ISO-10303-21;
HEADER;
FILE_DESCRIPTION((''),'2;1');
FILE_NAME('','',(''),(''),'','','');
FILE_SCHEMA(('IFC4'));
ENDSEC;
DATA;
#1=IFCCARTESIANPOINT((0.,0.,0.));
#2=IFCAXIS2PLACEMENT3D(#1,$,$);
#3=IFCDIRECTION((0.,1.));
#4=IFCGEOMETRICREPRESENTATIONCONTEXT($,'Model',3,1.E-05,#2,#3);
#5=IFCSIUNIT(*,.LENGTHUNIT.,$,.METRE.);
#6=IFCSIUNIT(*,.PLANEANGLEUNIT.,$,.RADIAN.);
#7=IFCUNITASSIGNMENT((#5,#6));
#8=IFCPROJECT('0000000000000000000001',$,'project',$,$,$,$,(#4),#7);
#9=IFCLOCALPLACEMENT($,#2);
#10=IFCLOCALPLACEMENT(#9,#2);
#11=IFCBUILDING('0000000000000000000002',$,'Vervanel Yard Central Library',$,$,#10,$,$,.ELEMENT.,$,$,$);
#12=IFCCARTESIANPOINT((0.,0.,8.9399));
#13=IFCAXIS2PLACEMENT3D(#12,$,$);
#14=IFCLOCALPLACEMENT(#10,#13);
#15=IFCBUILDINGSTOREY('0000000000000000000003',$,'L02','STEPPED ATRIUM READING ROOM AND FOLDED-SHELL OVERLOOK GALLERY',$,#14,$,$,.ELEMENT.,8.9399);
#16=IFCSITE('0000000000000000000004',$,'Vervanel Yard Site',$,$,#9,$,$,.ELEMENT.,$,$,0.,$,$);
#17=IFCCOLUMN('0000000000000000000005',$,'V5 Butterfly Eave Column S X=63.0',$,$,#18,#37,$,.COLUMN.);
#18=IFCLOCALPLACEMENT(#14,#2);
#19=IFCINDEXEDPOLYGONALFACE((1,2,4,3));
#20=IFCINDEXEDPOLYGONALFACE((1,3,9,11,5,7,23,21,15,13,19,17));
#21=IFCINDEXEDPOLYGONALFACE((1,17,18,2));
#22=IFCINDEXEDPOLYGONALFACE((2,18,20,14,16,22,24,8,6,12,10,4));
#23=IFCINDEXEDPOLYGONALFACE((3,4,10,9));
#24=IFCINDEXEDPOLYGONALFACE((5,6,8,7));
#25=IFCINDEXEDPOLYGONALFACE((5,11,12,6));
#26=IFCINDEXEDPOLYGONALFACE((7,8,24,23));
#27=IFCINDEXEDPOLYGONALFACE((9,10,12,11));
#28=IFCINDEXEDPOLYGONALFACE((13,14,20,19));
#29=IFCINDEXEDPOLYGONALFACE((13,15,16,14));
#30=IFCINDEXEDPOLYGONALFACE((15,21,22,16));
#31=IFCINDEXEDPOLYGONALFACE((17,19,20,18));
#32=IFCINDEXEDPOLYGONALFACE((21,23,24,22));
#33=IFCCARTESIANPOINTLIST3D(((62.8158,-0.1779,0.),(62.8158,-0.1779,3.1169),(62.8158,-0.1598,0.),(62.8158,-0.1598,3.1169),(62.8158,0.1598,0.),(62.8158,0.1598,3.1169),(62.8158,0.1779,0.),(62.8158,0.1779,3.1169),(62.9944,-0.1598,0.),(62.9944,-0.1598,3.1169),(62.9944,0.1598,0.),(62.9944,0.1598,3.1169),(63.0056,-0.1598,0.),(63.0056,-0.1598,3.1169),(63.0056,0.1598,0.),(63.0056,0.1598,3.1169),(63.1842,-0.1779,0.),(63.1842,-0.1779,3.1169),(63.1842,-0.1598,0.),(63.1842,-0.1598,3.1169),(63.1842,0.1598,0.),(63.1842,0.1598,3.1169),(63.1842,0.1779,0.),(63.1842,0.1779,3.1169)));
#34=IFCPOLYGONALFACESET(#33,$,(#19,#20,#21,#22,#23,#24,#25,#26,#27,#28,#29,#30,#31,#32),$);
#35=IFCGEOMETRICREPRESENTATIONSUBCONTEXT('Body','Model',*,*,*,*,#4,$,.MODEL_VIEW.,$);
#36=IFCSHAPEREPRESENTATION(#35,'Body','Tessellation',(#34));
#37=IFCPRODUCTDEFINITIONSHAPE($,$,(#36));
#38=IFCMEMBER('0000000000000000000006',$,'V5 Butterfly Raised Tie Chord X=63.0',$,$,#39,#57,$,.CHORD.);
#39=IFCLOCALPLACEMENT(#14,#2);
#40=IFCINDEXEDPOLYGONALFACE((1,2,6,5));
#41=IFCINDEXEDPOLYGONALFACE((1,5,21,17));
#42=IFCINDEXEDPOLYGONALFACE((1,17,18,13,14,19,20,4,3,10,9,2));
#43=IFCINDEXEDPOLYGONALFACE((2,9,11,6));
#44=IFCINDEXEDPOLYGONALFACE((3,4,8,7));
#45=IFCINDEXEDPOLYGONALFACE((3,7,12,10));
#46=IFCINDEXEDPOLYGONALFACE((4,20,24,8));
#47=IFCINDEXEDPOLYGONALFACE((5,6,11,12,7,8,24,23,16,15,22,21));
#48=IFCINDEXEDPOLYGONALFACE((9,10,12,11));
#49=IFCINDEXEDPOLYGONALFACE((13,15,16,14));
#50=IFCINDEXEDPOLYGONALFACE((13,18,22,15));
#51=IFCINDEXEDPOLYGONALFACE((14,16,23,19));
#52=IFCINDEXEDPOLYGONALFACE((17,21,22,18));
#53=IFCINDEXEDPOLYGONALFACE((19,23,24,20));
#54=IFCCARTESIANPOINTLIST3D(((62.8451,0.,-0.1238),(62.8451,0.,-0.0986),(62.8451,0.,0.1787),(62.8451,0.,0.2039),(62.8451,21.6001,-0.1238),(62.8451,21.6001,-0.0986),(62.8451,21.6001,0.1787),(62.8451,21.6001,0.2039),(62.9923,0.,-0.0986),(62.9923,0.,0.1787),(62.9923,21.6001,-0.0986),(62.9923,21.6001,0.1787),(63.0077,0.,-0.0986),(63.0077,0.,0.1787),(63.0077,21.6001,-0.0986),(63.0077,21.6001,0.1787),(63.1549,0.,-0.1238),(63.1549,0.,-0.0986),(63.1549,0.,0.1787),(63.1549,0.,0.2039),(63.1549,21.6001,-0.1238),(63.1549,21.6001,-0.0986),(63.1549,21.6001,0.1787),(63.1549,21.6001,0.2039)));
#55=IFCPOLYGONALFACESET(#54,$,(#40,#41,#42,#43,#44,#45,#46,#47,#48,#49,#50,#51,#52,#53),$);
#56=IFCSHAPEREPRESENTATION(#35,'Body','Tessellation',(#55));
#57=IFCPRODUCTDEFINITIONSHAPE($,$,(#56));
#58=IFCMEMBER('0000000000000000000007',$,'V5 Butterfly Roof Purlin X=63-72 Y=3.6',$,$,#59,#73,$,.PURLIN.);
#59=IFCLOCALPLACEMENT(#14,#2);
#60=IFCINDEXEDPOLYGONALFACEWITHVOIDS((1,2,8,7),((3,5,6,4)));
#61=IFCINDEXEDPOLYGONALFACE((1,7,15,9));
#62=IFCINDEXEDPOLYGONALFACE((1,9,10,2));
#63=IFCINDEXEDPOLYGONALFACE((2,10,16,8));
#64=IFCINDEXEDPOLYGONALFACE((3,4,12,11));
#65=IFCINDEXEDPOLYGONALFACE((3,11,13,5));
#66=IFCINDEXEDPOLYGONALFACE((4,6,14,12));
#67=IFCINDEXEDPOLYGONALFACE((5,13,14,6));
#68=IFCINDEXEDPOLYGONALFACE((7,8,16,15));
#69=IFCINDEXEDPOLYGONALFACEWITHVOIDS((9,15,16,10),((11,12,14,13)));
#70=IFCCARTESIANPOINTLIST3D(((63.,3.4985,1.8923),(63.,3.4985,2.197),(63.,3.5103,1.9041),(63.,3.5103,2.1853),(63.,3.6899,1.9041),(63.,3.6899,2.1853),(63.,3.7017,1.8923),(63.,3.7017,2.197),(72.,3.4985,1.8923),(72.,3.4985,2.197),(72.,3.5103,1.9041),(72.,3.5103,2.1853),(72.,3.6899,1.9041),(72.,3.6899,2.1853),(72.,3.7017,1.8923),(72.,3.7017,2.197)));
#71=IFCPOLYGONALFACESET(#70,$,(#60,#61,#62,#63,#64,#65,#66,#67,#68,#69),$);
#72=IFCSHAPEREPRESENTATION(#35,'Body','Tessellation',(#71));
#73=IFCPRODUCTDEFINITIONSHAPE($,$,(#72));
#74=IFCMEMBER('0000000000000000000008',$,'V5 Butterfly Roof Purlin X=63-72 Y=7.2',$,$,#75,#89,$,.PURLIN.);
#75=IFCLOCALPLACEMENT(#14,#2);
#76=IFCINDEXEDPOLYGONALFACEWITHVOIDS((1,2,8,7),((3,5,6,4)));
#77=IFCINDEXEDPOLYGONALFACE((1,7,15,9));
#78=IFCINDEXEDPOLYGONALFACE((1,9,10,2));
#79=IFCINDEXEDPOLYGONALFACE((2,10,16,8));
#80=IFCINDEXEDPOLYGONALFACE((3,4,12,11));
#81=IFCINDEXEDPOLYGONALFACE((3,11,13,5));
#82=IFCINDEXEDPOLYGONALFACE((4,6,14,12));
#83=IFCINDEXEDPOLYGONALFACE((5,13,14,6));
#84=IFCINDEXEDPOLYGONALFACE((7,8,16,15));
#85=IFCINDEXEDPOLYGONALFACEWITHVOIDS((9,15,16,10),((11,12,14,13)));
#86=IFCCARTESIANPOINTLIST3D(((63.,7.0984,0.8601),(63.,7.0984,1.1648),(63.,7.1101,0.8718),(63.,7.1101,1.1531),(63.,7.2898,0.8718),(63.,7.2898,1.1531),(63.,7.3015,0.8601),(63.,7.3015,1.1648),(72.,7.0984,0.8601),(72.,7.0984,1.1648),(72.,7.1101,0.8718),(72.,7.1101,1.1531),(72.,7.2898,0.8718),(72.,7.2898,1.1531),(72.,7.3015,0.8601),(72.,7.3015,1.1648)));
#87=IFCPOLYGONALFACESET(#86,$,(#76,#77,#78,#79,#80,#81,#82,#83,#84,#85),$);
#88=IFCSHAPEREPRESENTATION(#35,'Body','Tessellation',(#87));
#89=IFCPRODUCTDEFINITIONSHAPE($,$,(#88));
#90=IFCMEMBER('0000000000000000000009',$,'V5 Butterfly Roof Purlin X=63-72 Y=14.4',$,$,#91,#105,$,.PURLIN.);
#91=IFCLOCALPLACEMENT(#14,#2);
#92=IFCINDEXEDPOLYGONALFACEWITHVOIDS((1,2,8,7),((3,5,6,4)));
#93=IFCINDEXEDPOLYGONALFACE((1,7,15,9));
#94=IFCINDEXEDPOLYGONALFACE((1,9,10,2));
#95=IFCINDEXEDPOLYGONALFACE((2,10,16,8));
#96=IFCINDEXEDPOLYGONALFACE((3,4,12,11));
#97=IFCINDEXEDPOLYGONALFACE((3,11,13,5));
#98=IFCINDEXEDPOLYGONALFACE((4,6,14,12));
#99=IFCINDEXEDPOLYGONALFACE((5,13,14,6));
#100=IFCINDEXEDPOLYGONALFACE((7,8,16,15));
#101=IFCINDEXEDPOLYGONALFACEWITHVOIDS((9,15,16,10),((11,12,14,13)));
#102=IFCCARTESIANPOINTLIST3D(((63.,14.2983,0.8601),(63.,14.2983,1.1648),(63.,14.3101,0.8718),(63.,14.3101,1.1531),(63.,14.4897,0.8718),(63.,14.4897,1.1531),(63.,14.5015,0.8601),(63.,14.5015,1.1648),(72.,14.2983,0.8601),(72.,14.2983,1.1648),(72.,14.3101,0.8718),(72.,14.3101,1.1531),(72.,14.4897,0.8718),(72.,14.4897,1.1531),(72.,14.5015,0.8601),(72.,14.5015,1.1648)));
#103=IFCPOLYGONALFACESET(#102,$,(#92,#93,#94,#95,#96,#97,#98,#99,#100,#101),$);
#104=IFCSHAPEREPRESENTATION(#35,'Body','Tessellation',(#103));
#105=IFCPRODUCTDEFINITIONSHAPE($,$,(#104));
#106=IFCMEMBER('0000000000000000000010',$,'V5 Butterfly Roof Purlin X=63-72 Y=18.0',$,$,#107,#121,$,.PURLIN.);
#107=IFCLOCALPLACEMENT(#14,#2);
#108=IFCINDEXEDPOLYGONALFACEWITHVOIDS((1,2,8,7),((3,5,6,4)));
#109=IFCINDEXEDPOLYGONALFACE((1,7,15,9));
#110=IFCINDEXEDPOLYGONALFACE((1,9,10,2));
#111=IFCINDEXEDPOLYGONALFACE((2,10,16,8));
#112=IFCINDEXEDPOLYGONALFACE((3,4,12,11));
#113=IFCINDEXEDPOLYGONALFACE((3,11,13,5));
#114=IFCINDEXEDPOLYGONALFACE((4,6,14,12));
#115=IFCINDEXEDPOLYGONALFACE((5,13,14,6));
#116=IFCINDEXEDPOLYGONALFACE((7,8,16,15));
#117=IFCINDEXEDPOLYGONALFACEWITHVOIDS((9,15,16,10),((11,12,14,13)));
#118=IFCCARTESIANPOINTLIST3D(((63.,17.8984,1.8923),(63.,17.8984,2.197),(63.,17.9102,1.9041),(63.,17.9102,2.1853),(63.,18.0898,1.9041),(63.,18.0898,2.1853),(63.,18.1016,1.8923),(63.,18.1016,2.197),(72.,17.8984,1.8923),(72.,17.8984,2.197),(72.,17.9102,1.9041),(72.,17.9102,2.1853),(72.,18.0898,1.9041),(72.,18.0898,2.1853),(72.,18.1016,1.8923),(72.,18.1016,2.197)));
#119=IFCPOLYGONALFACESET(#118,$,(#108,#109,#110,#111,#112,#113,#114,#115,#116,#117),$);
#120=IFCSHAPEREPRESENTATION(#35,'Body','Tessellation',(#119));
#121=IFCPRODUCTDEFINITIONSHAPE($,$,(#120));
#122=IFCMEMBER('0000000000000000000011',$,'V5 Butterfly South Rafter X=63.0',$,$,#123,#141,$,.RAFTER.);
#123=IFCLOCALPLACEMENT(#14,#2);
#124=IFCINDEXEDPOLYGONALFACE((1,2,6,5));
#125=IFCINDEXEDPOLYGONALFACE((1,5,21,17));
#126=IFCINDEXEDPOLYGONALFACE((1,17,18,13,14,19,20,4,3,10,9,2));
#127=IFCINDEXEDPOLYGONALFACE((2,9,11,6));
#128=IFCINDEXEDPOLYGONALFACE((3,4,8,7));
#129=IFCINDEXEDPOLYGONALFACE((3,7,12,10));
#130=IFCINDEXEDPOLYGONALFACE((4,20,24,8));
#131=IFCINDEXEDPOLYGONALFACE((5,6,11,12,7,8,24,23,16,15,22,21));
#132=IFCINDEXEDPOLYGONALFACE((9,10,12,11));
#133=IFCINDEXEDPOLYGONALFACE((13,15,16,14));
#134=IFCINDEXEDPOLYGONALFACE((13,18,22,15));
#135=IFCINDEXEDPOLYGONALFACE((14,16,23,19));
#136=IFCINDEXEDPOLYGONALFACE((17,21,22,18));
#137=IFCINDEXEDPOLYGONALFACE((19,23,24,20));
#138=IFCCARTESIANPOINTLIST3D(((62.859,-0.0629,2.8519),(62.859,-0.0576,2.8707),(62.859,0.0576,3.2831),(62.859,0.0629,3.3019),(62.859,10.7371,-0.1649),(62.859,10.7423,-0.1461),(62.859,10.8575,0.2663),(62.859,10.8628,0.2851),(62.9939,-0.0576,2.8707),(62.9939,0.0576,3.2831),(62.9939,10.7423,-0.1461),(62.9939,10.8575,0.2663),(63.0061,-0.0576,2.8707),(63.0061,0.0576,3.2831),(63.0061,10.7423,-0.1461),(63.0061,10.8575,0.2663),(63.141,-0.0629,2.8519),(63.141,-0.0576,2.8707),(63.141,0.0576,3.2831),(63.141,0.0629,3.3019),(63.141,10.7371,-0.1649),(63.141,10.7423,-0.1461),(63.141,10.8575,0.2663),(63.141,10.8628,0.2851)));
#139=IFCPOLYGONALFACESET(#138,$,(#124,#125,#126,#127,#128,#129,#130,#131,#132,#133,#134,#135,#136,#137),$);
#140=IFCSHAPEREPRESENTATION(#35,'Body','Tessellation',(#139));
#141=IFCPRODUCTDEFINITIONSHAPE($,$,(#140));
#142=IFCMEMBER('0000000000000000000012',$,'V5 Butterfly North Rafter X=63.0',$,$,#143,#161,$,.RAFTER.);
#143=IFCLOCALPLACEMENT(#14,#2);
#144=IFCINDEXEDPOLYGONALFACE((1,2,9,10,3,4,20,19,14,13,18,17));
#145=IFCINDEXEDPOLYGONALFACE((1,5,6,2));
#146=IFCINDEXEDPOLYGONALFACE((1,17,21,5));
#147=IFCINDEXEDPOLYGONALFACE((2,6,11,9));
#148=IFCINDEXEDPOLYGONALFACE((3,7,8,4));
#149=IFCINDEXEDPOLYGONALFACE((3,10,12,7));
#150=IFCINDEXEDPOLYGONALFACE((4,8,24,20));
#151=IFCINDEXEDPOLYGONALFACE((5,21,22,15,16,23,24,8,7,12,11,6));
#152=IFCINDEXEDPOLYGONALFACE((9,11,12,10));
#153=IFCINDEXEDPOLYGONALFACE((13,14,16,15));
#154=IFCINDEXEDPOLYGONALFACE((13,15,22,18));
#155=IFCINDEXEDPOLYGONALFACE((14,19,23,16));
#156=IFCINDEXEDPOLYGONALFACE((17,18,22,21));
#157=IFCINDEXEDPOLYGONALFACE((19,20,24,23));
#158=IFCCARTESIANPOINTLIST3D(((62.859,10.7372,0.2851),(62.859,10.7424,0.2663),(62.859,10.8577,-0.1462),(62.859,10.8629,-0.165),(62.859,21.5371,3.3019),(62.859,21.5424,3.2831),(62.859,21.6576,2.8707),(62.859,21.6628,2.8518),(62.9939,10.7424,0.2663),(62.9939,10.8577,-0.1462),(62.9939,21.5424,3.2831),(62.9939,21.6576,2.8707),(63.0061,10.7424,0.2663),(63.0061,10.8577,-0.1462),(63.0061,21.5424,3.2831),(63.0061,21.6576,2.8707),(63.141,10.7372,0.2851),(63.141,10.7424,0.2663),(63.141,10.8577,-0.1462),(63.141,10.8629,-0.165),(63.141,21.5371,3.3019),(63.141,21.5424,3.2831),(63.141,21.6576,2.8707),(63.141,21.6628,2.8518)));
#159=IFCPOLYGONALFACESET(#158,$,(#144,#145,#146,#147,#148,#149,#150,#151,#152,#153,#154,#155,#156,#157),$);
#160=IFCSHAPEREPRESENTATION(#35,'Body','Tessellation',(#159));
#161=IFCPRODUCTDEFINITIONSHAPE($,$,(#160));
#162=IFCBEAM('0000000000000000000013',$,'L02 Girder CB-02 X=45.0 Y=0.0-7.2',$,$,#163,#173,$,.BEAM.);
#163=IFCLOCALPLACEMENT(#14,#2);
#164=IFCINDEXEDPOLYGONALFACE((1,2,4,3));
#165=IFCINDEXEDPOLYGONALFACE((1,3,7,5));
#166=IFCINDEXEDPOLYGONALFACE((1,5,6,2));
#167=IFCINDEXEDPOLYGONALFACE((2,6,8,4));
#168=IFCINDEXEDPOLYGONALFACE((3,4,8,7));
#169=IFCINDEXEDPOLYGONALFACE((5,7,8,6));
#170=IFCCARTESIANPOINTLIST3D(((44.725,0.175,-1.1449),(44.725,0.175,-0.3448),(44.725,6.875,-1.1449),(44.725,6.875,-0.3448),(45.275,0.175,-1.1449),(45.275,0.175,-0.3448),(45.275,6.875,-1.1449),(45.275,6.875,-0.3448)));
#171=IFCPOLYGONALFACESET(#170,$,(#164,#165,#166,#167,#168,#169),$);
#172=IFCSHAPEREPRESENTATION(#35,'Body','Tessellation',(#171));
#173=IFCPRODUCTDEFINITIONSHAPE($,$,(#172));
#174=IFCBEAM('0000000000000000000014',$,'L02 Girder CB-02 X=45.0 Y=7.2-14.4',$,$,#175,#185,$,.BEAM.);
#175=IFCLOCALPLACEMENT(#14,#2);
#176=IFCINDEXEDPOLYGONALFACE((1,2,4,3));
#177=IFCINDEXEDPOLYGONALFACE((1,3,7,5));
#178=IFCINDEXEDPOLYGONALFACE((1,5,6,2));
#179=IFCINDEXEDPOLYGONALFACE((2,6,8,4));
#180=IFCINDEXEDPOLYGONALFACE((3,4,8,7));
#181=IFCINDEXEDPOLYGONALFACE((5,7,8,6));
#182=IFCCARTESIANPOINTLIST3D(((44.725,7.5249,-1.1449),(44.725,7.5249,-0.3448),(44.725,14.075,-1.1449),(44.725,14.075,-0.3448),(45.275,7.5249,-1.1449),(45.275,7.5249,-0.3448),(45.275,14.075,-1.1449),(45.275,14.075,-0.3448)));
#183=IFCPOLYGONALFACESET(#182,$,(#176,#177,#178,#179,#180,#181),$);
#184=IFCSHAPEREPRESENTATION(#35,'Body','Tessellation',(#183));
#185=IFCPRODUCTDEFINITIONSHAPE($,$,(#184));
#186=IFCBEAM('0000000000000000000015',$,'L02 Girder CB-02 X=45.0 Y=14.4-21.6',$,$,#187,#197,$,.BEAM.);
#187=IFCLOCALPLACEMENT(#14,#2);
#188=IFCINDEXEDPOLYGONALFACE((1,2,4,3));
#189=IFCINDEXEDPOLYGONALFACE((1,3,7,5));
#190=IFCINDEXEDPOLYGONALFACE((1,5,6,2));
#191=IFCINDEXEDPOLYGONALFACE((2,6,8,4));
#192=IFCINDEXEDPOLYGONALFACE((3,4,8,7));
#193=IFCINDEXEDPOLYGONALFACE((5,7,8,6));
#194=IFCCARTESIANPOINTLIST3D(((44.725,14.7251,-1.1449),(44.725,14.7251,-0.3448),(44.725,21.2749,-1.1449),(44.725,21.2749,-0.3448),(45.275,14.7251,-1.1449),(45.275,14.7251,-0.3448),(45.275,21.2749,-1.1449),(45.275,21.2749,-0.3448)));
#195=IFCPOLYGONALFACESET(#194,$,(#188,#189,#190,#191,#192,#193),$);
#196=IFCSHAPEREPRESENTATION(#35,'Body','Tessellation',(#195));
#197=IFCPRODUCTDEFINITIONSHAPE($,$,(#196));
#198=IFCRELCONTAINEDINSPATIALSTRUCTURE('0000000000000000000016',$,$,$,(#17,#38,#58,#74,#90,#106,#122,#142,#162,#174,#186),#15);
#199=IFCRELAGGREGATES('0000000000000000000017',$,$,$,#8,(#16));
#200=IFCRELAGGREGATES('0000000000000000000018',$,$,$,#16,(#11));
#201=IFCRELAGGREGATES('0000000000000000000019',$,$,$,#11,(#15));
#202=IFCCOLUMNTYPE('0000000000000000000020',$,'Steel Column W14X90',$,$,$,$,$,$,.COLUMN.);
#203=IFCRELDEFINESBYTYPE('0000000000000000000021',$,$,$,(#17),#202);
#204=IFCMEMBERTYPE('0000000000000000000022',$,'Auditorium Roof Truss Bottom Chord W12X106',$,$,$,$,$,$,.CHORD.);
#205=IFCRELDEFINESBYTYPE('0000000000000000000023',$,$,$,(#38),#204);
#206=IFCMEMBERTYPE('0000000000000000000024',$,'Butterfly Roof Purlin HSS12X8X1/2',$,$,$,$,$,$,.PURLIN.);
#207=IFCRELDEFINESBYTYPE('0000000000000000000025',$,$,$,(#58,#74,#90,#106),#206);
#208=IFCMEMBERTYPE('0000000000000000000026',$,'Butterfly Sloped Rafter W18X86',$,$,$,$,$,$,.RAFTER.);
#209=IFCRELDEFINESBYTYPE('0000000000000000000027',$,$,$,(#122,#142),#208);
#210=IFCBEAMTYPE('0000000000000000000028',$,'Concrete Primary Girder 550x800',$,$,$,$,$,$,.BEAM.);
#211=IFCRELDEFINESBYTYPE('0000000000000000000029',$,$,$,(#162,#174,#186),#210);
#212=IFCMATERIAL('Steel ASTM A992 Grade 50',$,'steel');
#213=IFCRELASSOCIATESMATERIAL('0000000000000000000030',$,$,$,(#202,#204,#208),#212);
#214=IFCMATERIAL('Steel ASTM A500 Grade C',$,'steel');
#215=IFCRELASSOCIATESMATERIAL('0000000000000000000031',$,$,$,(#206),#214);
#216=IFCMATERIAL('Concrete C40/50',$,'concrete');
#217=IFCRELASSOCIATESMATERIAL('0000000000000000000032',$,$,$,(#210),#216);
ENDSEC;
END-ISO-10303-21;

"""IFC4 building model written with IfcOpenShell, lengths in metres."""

from ifc_helpers import new_model, si_unit, direction, frame, origin, origin_2d, place, context, subcontext, project, spatial, rectangle, hollow_rectangle, i_section, extrude, material, material_profile, profile_set, type_object, element, save


model = new_model("IFC4")

# Units and contexts
model_context = context("Model", 3, precision=1e-05, world=origin(), true_north=direction((0.0, 1.0)))
body_context = subcontext(model_context, "Body", "Model", "MODEL_VIEW")
ifc_project = project(units=[si_unit("LENGTHUNIT", "METRE"), si_unit("PLANEANGLEUNIT", "RADIAN")], contexts=[model_context])

# Site, building, storey
site_placement = place(None, origin())
site = spatial("IfcSite", under=ifc_project, at=site_placement, Name="Vervanel Yard Site", CompositionType="ELEMENT", RefElevation=0.0)
building_placement = place(site_placement, origin())
building = spatial("IfcBuilding", under=site, at=building_placement, Name="Vervanel Yard Central Library", CompositionType="ELEMENT")
storey_placement = place(building_placement, frame((0.0, 0.0, 8.9399)))
storey = spatial("IfcBuildingStorey", under=building, at=storey_placement, Name="L02", Description="STEPPED ATRIUM READING ROOM AND FOLDED-SHELL OVERLOOK GALLERY", CompositionType="ELEMENT", Elevation=8.9399)

# Column
ifc_material_1 = material(Name="Steel ASTM A992 Grade 50", Category="steel")
ifc_material_profile_1 = material_profile(ifc_material_1, i_section(OverallWidth=0.3684, OverallDepth=0.3557, WebThickness=0.0112, FlangeThickness=0.0181, at=origin_2d()), Name="W14X90", Category="steel")
ifc_profile_set_1 = profile_set([ifc_material_profile_1], Name="Steel ASTM A992 Grade 50")
column_type = type_object("IfcColumnType", Name="Steel Column W14X90", PredefinedType="COLUMN", material=ifc_profile_set_1)
column_placement = place(storey_placement, frame((63.0, 0.0, 0.0), z_axis=(0.0, 0.0, 1.0), x_axis=(1.0, 0.0, 0.0)))
element("IfcColumn", 1, at=column_placement, inside=storey, type_object=column_type, Name="V5 Butterfly Eave Column S X=63.0", PredefinedType="COLUMN", context=body_context, shape_type="SweptSolid", body=[
    extrude(i_section(OverallWidth=0.3684, OverallDepth=0.3557, WebThickness=0.0112, FlangeThickness=0.0181, at=origin_2d()), origin(), (0.0, 0.0, 1.0), 3.1169),
])

# Members
ifc_material_profile_2 = material_profile(ifc_material_1, i_section(OverallWidth=0.3098, OverallDepth=0.3276, WebThickness=0.0154, FlangeThickness=0.0251, at=origin_2d()), Name="W12X106", Category="steel")
ifc_profile_set_2 = profile_set([ifc_material_profile_2], Name="Steel ASTM A992 Grade 50")
member_type_1 = type_object("IfcMemberType", Name="Auditorium Roof Truss Bottom Chord W12X106", PredefinedType="CHORD", material=ifc_profile_set_2)
member_1_placement = place(storey_placement, frame((63.0, 0.0, 0.04), z_axis=(0.0, 1.0, 0.0), x_axis=(-1.0, 0.0, 0.0)))
element("IfcMember", 2, at=member_1_placement, inside=storey, type_object=member_type_1, Name="V5 Butterfly Raised Tie Chord X=63.0", PredefinedType="CHORD", context=body_context, shape_type="SweptSolid", body=[
    extrude(i_section(OverallWidth=0.3098, OverallDepth=0.3276, WebThickness=0.0154, FlangeThickness=0.0251, at=origin_2d()), origin(), (0.0, 0.0, 1.0), 21.6001),
])
ifc_material_2 = material(Name="Steel ASTM A500 Grade C", Category="steel")
ifc_material_profile_3 = material_profile(ifc_material_2, hollow_rectangle(XDim=0.2031, YDim=0.3047, WallThickness=0.0117, at=origin_2d()), Name="HSS12X8X1/2", Category="steel")
ifc_profile_set_3 = profile_set([ifc_material_profile_3], Name="Steel ASTM A500 Grade C")
member_type_2 = type_object("IfcMemberType", Name="Butterfly Roof Purlin HSS12X8X1/2", PredefinedType="PURLIN", material=ifc_profile_set_3)
for number, where, z_axis, x_axis, name in (
    (3, (63.0, 3.6001, 2.0447), (1.0, 0.0, 0.0), (0.0, 1.0, 0.0), "V5 Butterfly Roof Purlin X=63-72 Y=3.6"),
    (4, (63.0, 7.2, 1.0125), (1.0, 0.0, 0.0), (0.0, 1.0, 0.0), "V5 Butterfly Roof Purlin X=63-72 Y=7.2"),
    (5, (63.0, 14.3999, 1.0125), (1.0, 0.0, 0.0), (0.0, 1.0, 0.0), "V5 Butterfly Roof Purlin X=63-72 Y=14.4"),
    (6, (63.0, 18.0, 2.0447), (1.0, 0.0, 0.0), (0.0, 1.0, 0.0), "V5 Butterfly Roof Purlin X=63-72 Y=18.0"),
):
    element("IfcMember", number, at=place(storey_placement, frame(where, z_axis=z_axis, x_axis=x_axis)), inside=storey, type_object=member_type_2, Name=name, PredefinedType="PURLIN", context=body_context, shape_type="SweptSolid", body=[
        extrude(hollow_rectangle(XDim=0.2031, YDim=0.3047, WallThickness=0.0117, at=origin_2d()), origin(), (0.0, 0.0, 1.0), 9.0),
    ])
ifc_material_profile_4 = material_profile(ifc_material_1, i_section(OverallWidth=0.282, OverallDepth=0.4673, WebThickness=0.0122, FlangeThickness=0.0195, at=origin_2d()), Name="W18X86", Category="steel")
ifc_profile_set_4 = profile_set([ifc_material_profile_4], Name="Steel ASTM A992 Grade 50")
member_type_3 = type_object("IfcMemberType", Name="Butterfly Sloped Rafter W18X86", PredefinedType="RAFTER", material=ifc_profile_set_4)
for number, where, z_axis, x_axis, name in (
    (7, (63.0, 0.0, 3.0769), (0.0, 0.96313, -0.269037), (-1.0, 0.0, 0.0), "V5 Butterfly South Rafter X=63.0"),
    (8, (63.0, 10.8, 0.0601), (0.0, 0.96313, 0.269037), (-1.0, 0.0, 0.0), "V5 Butterfly North Rafter X=63.0"),
):
    element("IfcMember", number, at=place(storey_placement, frame(where, z_axis=z_axis, x_axis=x_axis)), inside=storey, type_object=member_type_3, Name=name, PredefinedType="RAFTER", context=body_context, shape_type="SweptSolid", body=[
        extrude(i_section(OverallWidth=0.282, OverallDepth=0.4673, WebThickness=0.0122, FlangeThickness=0.0195, at=origin_2d()), origin(), (0.0, 0.0, 1.0), 11.2134),
    ])

# Beams
ifc_material_3 = material(Name="Concrete C40/50", Category="concrete")
ifc_material_profile_5 = material_profile(ifc_material_3, rectangle(XDim=0.55, YDim=0.8, at=origin_2d()), Name="RC 550x800", Category="concrete")
ifc_profile_set_5 = profile_set([ifc_material_profile_5], Name="Concrete C40/50")
beam_type_1 = type_object("IfcBeamType", Name="Concrete Primary Girder 550x800", PredefinedType="BEAM", material=ifc_profile_set_5)
beam_1_placement = place(storey_placement, frame((45.0, 0.175, -0.7449), z_axis=(0.0, 1.0, 0.0), x_axis=(-1.0, 0.0, 0.0)))
element("IfcBeam", 9, at=beam_1_placement, inside=storey, type_object=beam_type_1, Name="L02 Girder CB-02 X=45.0 Y=0.0-7.2", PredefinedType="BEAM", context=body_context, shape_type="SweptSolid", body=[
    extrude(rectangle(XDim=0.55, YDim=0.8, at=origin_2d()), origin(), (0.0, 0.0, 1.0), 6.7),
])
beam_2_placement = place(storey_placement, frame((45.0, 7.5249, -0.7449), z_axis=(0.0, 1.0, 0.0), x_axis=(-1.0, 0.0, 0.0)))
element("IfcBeam", 10, at=beam_2_placement, inside=storey, type_object=beam_type_1, Name="L02 Girder CB-02 X=45.0 Y=7.2-14.4", PredefinedType="BEAM", context=body_context, shape_type="SweptSolid", body=[
    extrude(rectangle(XDim=0.55, YDim=0.8, at=origin_2d()), origin(), (0.0, 0.0, 1.0), 6.55),
])
beam_3_placement = place(storey_placement, frame((45.0, 14.7251, -0.7449), z_axis=(0.0, 1.0, 0.0), x_axis=(-1.0, 0.0, 0.0)))
element("IfcBeam", 11, at=beam_3_placement, inside=storey, type_object=beam_type_1, Name="L02 Girder CB-02 X=45.0 Y=14.4-21.6", PredefinedType="BEAM", context=body_context, shape_type="SweptSolid", body=[
    extrude(rectangle(XDim=0.55, YDim=0.8, at=origin_2d()), origin(), (0.0, 0.0, 1.0), 6.5498),
])

save(model, "model.ifc")
